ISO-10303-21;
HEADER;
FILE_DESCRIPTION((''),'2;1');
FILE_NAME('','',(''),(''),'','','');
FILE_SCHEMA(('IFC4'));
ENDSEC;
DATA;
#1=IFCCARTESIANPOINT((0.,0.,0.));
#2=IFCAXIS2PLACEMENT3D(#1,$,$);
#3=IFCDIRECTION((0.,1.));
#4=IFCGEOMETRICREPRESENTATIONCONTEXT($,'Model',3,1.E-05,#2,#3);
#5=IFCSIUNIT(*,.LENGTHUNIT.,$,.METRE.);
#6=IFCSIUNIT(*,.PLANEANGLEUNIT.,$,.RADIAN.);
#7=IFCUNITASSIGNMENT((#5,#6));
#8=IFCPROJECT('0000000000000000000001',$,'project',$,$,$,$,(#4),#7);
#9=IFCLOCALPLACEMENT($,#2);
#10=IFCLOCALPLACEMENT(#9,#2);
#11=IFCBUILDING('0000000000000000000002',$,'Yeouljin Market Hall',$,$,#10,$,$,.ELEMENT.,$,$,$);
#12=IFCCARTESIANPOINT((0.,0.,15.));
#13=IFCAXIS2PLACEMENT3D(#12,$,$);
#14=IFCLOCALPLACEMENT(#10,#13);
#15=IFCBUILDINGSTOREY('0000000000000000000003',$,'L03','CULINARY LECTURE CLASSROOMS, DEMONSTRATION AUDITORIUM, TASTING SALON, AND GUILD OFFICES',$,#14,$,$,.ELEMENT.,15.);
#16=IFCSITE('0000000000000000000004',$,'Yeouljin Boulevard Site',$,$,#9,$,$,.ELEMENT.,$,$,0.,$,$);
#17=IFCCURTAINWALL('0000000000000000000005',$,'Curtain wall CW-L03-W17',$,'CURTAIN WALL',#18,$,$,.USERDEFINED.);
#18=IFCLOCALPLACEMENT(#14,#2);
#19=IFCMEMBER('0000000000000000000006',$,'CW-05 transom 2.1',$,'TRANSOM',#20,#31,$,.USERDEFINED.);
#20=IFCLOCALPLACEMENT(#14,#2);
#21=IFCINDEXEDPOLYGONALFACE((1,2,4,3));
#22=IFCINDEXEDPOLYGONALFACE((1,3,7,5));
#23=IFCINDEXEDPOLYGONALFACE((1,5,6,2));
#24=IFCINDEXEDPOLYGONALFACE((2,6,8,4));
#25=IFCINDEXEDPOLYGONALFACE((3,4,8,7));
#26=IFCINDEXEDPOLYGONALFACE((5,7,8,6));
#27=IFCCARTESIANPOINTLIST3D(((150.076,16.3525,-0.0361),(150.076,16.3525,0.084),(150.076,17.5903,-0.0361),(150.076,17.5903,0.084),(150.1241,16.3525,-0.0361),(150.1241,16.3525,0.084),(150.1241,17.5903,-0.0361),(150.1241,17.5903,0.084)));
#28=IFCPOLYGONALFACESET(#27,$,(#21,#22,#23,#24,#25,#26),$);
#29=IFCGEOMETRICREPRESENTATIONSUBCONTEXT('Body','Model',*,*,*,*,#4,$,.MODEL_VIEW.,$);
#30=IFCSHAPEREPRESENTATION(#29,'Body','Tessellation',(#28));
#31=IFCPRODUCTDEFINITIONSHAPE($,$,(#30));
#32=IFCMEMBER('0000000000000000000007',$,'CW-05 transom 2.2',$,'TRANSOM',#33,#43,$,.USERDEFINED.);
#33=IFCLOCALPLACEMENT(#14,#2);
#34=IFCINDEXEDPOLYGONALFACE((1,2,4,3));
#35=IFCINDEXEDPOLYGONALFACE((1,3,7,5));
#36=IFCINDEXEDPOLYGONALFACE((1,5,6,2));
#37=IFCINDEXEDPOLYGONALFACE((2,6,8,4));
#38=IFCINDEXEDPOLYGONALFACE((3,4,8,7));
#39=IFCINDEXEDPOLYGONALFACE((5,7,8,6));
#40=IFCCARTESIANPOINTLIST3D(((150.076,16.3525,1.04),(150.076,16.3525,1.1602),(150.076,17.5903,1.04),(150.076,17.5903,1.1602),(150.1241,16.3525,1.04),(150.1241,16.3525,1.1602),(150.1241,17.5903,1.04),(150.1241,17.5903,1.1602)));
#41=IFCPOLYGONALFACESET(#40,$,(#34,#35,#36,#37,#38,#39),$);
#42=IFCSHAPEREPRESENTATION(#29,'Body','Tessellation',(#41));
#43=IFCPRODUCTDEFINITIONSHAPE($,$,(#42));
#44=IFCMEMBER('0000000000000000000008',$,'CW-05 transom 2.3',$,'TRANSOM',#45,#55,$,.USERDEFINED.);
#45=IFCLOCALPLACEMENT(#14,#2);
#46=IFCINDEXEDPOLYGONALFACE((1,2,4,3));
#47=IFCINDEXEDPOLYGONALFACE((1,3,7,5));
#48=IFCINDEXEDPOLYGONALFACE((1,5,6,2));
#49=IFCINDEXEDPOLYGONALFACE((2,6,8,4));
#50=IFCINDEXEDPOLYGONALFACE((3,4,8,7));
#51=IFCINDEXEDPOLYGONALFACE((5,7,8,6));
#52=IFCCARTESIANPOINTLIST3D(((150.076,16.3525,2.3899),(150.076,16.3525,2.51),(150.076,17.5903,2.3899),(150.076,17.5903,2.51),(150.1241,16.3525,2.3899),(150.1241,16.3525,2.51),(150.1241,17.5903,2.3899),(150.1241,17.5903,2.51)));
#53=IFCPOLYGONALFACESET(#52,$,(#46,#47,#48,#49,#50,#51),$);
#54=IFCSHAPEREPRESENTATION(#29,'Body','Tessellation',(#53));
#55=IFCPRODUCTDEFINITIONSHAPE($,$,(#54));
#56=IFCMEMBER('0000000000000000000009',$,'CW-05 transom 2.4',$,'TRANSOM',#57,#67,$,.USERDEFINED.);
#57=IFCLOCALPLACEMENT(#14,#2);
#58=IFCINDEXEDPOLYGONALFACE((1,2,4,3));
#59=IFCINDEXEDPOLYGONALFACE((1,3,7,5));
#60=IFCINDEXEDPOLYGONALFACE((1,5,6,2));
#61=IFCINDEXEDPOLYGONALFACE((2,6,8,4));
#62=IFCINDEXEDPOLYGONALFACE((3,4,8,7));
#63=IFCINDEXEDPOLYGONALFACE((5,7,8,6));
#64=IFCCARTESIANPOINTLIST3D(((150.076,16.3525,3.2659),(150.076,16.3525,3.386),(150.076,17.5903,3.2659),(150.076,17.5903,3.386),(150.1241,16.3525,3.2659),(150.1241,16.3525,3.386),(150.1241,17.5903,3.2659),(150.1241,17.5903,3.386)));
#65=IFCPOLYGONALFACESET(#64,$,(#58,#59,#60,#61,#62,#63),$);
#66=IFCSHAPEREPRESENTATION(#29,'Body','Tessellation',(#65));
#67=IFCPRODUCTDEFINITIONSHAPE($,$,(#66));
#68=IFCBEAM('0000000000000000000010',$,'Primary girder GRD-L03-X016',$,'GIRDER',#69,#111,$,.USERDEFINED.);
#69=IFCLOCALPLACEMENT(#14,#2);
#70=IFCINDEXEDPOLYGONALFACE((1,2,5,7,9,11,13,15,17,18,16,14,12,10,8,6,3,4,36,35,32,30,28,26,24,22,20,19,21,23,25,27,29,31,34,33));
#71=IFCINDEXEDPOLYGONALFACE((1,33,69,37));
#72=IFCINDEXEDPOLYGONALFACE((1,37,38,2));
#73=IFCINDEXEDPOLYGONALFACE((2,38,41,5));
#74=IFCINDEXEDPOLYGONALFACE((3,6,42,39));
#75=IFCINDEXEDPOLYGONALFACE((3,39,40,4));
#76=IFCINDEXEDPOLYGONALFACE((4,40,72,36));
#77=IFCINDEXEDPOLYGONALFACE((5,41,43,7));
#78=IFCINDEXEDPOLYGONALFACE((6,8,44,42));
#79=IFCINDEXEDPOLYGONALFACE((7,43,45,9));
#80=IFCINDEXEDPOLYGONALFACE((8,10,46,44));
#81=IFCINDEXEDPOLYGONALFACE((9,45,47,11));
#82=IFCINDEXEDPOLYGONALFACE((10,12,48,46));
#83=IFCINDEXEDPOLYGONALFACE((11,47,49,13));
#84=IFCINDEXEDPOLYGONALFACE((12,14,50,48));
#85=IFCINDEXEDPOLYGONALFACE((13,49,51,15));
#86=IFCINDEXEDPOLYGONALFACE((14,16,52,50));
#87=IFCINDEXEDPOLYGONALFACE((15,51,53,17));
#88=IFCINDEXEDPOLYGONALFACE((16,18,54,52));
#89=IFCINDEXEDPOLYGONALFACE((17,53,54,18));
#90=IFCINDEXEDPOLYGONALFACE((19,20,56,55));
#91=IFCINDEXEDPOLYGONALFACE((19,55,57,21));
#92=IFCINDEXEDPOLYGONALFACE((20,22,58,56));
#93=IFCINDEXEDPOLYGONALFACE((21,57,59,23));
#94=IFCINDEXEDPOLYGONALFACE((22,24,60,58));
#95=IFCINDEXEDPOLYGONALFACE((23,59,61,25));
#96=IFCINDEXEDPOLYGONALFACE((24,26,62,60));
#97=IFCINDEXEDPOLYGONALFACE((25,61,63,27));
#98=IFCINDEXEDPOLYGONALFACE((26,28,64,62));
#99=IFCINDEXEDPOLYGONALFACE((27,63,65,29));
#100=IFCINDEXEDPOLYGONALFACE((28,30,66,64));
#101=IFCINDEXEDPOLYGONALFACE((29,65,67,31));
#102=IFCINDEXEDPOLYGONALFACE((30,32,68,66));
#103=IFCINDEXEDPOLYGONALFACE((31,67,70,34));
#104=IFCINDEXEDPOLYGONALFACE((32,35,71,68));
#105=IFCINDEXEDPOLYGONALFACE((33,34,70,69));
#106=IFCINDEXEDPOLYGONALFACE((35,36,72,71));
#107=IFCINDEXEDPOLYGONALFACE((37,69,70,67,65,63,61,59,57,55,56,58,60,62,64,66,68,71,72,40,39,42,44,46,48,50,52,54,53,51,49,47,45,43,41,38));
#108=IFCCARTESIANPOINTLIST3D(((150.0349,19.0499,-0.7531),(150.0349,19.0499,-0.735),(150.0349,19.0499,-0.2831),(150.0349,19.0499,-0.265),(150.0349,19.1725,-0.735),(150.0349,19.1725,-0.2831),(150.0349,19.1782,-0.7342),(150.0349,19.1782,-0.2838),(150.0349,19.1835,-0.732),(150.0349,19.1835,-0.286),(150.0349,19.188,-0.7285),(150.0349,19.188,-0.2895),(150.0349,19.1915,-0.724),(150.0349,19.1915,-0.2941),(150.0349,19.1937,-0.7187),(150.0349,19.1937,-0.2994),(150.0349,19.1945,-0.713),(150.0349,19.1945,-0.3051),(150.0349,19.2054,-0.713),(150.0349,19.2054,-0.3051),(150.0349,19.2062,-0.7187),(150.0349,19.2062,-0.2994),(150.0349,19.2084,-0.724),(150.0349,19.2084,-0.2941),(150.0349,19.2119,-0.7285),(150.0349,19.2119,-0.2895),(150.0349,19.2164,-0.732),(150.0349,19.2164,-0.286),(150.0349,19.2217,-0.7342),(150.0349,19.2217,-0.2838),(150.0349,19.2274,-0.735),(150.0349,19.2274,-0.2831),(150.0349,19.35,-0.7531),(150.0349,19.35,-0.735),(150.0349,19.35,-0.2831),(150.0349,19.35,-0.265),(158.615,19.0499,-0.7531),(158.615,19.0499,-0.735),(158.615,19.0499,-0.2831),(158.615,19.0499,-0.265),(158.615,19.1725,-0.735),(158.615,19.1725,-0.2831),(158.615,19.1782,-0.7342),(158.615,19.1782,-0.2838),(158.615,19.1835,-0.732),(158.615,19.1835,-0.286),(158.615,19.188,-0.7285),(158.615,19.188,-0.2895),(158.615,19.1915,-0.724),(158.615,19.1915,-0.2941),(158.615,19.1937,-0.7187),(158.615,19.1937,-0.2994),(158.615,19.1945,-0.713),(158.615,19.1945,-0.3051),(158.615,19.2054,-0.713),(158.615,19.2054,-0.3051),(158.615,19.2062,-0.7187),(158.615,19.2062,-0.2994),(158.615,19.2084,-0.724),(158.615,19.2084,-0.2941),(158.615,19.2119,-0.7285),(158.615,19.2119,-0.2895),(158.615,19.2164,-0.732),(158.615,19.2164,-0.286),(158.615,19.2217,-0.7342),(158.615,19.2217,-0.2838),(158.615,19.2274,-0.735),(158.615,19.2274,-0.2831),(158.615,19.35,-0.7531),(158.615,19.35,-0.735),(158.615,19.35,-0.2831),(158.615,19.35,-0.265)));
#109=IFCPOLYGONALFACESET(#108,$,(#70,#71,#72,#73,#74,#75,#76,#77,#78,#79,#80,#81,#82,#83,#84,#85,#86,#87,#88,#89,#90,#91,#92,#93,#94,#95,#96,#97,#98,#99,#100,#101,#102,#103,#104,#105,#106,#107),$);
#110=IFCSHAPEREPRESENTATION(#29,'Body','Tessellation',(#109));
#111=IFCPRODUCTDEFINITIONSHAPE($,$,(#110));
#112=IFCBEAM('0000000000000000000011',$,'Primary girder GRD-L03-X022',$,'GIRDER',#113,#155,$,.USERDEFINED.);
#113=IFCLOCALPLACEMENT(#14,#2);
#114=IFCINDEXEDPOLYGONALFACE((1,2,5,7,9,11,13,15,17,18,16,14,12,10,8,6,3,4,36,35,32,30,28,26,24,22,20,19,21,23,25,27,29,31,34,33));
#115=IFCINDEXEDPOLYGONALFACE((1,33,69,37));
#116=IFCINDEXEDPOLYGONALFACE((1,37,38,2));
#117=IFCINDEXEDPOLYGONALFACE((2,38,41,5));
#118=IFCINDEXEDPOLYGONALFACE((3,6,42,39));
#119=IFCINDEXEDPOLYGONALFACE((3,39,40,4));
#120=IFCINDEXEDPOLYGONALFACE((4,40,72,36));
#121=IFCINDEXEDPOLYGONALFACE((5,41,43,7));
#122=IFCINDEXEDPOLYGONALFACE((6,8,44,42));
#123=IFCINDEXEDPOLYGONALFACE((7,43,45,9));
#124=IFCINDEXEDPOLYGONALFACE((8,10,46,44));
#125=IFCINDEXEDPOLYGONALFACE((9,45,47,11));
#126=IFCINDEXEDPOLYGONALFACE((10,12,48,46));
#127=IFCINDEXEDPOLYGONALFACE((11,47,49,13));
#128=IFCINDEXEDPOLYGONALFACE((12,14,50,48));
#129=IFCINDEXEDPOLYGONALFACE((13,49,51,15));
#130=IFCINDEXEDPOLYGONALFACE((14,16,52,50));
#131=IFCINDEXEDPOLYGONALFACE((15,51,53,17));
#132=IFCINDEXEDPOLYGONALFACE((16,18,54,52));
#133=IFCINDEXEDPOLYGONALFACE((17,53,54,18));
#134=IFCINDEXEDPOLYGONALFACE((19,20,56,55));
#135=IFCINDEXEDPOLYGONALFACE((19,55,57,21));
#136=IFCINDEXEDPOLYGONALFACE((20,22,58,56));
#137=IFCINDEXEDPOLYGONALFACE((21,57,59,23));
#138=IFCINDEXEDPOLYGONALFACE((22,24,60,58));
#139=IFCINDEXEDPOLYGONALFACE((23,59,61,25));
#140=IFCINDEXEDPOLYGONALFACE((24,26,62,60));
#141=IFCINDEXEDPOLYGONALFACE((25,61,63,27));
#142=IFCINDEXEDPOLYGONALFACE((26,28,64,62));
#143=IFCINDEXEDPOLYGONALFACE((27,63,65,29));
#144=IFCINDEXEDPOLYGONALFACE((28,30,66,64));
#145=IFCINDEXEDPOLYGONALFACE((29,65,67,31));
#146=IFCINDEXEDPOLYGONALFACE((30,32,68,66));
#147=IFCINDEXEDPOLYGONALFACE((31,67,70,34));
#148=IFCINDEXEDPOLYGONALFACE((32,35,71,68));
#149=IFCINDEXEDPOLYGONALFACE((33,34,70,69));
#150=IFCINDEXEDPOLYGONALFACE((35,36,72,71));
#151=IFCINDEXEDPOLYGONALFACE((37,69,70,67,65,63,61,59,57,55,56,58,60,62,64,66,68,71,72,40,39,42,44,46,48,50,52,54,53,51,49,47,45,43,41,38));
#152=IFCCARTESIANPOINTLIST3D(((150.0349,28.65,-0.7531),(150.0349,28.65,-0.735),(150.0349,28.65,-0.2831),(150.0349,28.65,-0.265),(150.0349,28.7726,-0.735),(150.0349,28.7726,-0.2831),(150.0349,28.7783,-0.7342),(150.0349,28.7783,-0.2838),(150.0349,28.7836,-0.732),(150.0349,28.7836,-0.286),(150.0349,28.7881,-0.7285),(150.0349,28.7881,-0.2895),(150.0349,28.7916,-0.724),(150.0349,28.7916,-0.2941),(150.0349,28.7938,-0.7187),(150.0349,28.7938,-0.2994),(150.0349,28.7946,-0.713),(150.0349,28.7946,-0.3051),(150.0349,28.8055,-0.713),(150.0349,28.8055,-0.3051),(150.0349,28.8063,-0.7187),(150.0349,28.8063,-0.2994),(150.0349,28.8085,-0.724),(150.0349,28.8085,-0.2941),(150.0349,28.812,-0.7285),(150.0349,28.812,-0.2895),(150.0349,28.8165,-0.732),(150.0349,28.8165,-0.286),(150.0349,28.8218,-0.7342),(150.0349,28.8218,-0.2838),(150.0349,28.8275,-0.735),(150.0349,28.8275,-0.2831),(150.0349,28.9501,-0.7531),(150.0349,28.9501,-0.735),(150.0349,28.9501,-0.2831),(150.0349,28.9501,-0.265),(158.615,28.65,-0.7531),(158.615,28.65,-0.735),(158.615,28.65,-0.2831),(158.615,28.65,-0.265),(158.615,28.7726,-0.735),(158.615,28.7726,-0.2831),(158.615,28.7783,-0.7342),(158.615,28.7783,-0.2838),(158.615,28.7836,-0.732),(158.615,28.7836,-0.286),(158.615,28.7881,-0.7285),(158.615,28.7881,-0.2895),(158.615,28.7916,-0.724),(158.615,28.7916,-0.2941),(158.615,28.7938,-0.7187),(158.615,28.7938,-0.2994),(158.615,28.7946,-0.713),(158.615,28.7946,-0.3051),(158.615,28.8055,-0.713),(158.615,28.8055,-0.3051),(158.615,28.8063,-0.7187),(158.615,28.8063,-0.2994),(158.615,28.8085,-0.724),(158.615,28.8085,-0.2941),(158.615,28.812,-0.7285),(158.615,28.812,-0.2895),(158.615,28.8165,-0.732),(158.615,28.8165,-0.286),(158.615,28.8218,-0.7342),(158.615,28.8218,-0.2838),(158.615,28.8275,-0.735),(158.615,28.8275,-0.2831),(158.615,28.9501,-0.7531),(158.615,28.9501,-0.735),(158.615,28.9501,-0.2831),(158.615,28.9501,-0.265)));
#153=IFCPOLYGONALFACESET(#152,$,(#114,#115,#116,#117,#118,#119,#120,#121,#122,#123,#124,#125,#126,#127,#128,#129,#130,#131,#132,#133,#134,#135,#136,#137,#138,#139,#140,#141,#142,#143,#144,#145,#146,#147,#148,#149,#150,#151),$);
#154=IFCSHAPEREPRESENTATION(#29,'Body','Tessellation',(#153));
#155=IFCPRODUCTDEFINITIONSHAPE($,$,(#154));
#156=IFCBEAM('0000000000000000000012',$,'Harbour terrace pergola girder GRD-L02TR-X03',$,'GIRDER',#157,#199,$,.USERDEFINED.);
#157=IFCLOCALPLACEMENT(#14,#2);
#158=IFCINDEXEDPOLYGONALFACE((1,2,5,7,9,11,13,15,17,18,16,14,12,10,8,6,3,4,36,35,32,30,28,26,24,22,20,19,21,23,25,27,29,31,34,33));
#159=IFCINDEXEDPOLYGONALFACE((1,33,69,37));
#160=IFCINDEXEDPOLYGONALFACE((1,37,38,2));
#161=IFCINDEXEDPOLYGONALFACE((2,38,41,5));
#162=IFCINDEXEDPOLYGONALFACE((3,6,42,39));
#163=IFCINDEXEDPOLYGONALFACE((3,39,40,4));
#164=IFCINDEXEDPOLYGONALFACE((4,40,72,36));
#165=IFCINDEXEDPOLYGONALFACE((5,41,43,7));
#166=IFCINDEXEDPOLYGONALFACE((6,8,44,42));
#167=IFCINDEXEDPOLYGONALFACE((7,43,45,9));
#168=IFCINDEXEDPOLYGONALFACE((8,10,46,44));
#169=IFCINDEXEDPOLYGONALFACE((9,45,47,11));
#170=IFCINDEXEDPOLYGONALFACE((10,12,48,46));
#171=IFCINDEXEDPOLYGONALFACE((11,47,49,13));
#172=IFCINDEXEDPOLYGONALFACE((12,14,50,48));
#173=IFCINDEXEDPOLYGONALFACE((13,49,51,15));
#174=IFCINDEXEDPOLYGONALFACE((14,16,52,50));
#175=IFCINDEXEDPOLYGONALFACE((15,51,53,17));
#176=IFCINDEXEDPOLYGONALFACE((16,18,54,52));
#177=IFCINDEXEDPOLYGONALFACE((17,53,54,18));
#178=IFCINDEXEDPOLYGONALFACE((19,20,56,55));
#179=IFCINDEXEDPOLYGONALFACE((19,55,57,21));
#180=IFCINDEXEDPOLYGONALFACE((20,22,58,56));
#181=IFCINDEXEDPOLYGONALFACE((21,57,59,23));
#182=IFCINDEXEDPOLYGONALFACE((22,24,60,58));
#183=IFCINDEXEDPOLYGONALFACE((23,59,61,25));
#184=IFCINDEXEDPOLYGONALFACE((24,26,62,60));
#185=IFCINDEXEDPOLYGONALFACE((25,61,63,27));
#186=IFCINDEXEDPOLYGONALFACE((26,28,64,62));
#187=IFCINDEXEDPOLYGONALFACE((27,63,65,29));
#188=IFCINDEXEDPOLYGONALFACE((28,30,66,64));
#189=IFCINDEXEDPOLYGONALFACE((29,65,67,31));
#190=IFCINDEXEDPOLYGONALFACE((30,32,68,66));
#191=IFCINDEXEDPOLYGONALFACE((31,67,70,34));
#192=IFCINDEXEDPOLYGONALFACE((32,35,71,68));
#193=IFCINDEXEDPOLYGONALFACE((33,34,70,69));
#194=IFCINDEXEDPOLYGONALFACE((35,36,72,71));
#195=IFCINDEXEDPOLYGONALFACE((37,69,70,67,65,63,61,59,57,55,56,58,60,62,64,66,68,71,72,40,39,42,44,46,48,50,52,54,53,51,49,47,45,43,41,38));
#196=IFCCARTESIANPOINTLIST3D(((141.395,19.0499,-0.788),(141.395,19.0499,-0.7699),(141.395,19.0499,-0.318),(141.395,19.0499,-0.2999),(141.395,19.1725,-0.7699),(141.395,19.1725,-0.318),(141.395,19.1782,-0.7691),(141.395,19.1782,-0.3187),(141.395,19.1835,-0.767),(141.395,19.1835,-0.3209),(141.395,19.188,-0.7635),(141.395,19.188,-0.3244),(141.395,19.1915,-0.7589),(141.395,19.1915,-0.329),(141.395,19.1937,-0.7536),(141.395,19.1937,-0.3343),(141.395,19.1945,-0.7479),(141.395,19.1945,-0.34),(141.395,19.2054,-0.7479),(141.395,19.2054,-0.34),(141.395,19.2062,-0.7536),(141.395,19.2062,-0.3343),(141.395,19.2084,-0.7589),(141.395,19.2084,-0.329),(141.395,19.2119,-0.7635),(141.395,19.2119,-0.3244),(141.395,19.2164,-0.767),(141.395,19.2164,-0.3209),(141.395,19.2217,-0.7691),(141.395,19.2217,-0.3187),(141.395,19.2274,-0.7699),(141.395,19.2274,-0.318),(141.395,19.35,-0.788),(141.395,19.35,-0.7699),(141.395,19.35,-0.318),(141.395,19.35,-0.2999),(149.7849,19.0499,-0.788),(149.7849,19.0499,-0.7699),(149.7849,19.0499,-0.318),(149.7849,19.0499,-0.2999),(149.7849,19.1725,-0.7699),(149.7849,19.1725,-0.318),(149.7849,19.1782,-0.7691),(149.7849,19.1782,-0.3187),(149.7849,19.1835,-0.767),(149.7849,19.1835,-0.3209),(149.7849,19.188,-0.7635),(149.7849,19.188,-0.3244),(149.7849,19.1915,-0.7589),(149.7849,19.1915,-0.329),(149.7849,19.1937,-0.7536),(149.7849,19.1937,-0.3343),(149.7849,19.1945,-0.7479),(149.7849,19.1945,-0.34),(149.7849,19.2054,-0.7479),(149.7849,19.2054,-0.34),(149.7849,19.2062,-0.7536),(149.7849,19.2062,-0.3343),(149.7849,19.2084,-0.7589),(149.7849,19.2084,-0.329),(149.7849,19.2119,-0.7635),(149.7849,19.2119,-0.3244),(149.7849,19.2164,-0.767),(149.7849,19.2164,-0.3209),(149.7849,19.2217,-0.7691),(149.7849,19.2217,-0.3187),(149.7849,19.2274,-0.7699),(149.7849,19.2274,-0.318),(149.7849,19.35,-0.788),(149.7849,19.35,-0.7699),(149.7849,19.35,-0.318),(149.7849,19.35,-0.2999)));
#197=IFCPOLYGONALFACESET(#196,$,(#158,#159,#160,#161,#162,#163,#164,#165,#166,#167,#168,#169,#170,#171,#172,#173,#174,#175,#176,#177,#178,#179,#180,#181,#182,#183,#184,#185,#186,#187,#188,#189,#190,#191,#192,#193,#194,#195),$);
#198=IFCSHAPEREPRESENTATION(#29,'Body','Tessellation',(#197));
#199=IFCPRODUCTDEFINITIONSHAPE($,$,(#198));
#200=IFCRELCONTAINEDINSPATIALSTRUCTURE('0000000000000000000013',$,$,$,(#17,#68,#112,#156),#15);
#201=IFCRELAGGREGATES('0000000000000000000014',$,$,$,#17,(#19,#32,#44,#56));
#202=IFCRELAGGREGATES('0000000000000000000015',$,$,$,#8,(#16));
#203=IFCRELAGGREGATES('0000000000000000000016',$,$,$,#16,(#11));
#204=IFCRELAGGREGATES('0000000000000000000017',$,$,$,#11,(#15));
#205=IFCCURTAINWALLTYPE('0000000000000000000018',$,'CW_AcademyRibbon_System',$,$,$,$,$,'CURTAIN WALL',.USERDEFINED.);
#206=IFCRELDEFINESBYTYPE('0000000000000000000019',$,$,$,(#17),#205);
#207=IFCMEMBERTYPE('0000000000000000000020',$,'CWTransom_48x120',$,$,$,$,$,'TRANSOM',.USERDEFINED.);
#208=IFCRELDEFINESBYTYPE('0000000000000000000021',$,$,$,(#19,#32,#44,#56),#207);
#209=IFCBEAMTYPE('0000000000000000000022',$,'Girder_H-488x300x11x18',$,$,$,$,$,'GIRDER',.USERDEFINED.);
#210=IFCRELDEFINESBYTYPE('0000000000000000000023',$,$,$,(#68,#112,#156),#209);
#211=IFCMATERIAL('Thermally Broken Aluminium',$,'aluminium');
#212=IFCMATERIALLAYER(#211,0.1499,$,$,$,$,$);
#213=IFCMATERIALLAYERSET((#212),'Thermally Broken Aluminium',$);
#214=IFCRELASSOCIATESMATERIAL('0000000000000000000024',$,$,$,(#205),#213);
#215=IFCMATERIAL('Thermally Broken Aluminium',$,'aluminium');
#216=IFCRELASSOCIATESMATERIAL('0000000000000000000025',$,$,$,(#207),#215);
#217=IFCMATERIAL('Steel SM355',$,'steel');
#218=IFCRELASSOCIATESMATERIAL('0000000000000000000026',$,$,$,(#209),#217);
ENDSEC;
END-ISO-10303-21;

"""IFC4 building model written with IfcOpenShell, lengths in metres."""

from ifc_helpers import new_model, si_unit, direction, frame, origin, origin_2d, place, context, subcontext, project, spatial, rectangle, i_section, extrude, material, layer, layer_set, material_profile, profile_set, type_object, element, aggregate, save


model = new_model("IFC4")

# Units and contexts
model_context = context("Model", 3, precision=1e-05, world=origin(), true_north=direction((0.0, 1.0)))
body_context = subcontext(model_context, "Body", "Model", "MODEL_VIEW")
ifc_project = project(units=[si_unit("LENGTHUNIT", "METRE"), si_unit("PLANEANGLEUNIT", "RADIAN")], contexts=[model_context])

# Site, building, storey
site_placement = place(None, origin())
site = spatial("IfcSite", under=ifc_project, at=site_placement, Name="Yeouljin Boulevard Site", CompositionType="ELEMENT", RefElevation=0.0)
building_placement = place(site_placement, origin())
building = spatial("IfcBuilding", under=site, at=building_placement, Name="Yeouljin Market Hall", CompositionType="ELEMENT")
storey_placement = place(building_placement, frame((0.0, 0.0, 15.0)))
storey = spatial("IfcBuildingStorey", under=building, at=storey_placement, Name="L03", Description="CULINARY LECTURE CLASSROOMS, DEMONSTRATION AUDITORIUM, TASTING SALON, AND GUILD OFFICES", CompositionType="ELEMENT", Elevation=15.0)

# Curtain wall, members
ifc_material_1 = material(Name="Thermally Broken Aluminium", Category="aluminium")
ifc_layer_1 = layer(ifc_material_1, 0.1499)
ifc_layer_set_1 = layer_set([ifc_layer_1], Name="Thermally Broken Aluminium")
curtain_wall_type = type_object("IfcCurtainWallType", Name="CW_AcademyRibbon_System", ElementType="CURTAIN WALL", PredefinedType="USERDEFINED", material=ifc_layer_set_1)
curtain_wall_placement = place(storey_placement, origin())
curtain_wall = element("IfcCurtainWall", 1, at=curtain_wall_placement, inside=storey, type_object=curtain_wall_type, Name="Curtain wall CW-L03-W17", ObjectType="CURTAIN WALL", PredefinedType="USERDEFINED")
ifc_material_2 = material(Name="Thermally Broken Aluminium", Category="aluminium")
ifc_material_profile_1 = material_profile(ifc_material_2, rectangle(XDim=0.0481, YDim=0.1201, at=origin_2d()), Name="CW-TRAN-48x120")
ifc_profile_set_1 = profile_set([ifc_material_profile_1], Name="Thermally Broken Aluminium")
member_type = type_object("IfcMemberType", Name="CWTransom_48x120", ElementType="TRANSOM", PredefinedType="USERDEFINED", material=ifc_profile_set_1)
member_1_placement = place(storey_placement, frame((150.1001, 17.5903, 0.0239), z_axis=(0.0, -1.0, 0.0), x_axis=(1.0, 0.0, 0.0)))
member_1 = element("IfcMember", 2, at=member_1_placement, type_object=member_type, Name="CW-05 transom 2.1", ObjectType="TRANSOM", PredefinedType="USERDEFINED", context=body_context, shape_type="SweptSolid", body=[
    extrude(rectangle(XDim=0.0481, YDim=0.1201, at=origin_2d()), origin(), (0.0, 0.0, 1.0), 1.2378),
])
member_2_placement = place(storey_placement, frame((150.1001, 17.5903, 1.1001), z_axis=(0.0, -1.0, 0.0), x_axis=(1.0, 0.0, 0.0)))
member_2 = element("IfcMember", 3, at=member_2_placement, type_object=member_type, Name="CW-05 transom 2.2", ObjectType="TRANSOM", PredefinedType="USERDEFINED", context=body_context, shape_type="SweptSolid", body=[
    extrude(rectangle(XDim=0.0481, YDim=0.1201, at=origin_2d()), origin(), (0.0, 0.0, 1.0), 1.2378),
])
member_3_placement = place(storey_placement, frame((150.1001, 17.5903, 2.45), z_axis=(0.0, -1.0, 0.0), x_axis=(1.0, 0.0, 0.0)))
member_3 = element("IfcMember", 4, at=member_3_placement, type_object=member_type, Name="CW-05 transom 2.3", ObjectType="TRANSOM", PredefinedType="USERDEFINED", context=body_context, shape_type="SweptSolid", body=[
    extrude(rectangle(XDim=0.0481, YDim=0.1201, at=origin_2d()), origin(), (0.0, 0.0, 1.0), 1.2378),
])
member_4_placement = place(storey_placement, frame((150.1001, 17.5903, 3.3259), z_axis=(0.0, -1.0, 0.0), x_axis=(1.0, 0.0, 0.0)))
member_4 = element("IfcMember", 5, at=member_4_placement, type_object=member_type, Name="CW-05 transom 2.4", ObjectType="TRANSOM", PredefinedType="USERDEFINED", context=body_context, shape_type="SweptSolid", body=[
    extrude(rectangle(XDim=0.0481, YDim=0.1201, at=origin_2d()), origin(), (0.0, 0.0, 1.0), 1.2378),
])

# Beams
ifc_material_3 = material(Name="Steel SM355", Category="steel")
ifc_material_profile_2 = material_profile(ifc_material_3, i_section(OverallWidth=0.3, OverallDepth=0.488, WebThickness=0.011, FlangeThickness=0.0181, FilletRadius=0.022, at=origin_2d()), Name="H-488x300x11x18")
ifc_profile_set_2 = profile_set([ifc_material_profile_2], Name="Steel SM355")
beam_type_1 = type_object("IfcBeamType", Name="Girder_H-488x300x11x18", ElementType="GIRDER", PredefinedType="USERDEFINED", material=ifc_profile_set_2)
for number, where, z_axis, x_axis, name in (
    (6, (150.0349, 19.2, -0.509), (1.0, 0.0, 0.0), (0.0, 1.0, 0.0), "Primary girder GRD-L03-X016"),
    (7, (150.0349, 28.8, -0.509), (1.0, 0.0, 0.0), (0.0, 1.0, 0.0), "Primary girder GRD-L03-X022"),
):
    element("IfcBeam", number, at=place(storey_placement, frame(where, z_axis=z_axis, x_axis=x_axis)), inside=storey, type_object=beam_type_1, Name=name, ObjectType="GIRDER", PredefinedType="USERDEFINED", context=body_context, shape_type="SweptSolid", body=[
        extrude(i_section(OverallWidth=0.3, OverallDepth=0.488, WebThickness=0.011, FlangeThickness=0.0181, FilletRadius=0.022, at=origin_2d()), origin(), (0.0, 0.0, 1.0), 8.5801),
    ])
for number, where, z_axis, x_axis, name in (
    (8, (141.395, 19.2, -0.5439), (1.0, 0.0, 0.0), (0.0, 1.0, 0.0), "Harbour terrace pergola girder GRD-L02TR-X03"),
):
    element("IfcBeam", number, at=place(storey_placement, frame(where, z_axis=z_axis, x_axis=x_axis)), inside=storey, type_object=beam_type_1, Name=name, ObjectType="GIRDER", PredefinedType="USERDEFINED", context=body_context, shape_type="SweptSolid", body=[
        extrude(i_section(OverallWidth=0.3, OverallDepth=0.488, WebThickness=0.011, FlangeThickness=0.0181, FilletRadius=0.022, at=origin_2d()), origin(), (0.0, 0.0, 1.0), 8.3899),
    ])

aggregate(curtain_wall, [member_1, member_2, member_3, member_4])

save(model, "model.ifc")
